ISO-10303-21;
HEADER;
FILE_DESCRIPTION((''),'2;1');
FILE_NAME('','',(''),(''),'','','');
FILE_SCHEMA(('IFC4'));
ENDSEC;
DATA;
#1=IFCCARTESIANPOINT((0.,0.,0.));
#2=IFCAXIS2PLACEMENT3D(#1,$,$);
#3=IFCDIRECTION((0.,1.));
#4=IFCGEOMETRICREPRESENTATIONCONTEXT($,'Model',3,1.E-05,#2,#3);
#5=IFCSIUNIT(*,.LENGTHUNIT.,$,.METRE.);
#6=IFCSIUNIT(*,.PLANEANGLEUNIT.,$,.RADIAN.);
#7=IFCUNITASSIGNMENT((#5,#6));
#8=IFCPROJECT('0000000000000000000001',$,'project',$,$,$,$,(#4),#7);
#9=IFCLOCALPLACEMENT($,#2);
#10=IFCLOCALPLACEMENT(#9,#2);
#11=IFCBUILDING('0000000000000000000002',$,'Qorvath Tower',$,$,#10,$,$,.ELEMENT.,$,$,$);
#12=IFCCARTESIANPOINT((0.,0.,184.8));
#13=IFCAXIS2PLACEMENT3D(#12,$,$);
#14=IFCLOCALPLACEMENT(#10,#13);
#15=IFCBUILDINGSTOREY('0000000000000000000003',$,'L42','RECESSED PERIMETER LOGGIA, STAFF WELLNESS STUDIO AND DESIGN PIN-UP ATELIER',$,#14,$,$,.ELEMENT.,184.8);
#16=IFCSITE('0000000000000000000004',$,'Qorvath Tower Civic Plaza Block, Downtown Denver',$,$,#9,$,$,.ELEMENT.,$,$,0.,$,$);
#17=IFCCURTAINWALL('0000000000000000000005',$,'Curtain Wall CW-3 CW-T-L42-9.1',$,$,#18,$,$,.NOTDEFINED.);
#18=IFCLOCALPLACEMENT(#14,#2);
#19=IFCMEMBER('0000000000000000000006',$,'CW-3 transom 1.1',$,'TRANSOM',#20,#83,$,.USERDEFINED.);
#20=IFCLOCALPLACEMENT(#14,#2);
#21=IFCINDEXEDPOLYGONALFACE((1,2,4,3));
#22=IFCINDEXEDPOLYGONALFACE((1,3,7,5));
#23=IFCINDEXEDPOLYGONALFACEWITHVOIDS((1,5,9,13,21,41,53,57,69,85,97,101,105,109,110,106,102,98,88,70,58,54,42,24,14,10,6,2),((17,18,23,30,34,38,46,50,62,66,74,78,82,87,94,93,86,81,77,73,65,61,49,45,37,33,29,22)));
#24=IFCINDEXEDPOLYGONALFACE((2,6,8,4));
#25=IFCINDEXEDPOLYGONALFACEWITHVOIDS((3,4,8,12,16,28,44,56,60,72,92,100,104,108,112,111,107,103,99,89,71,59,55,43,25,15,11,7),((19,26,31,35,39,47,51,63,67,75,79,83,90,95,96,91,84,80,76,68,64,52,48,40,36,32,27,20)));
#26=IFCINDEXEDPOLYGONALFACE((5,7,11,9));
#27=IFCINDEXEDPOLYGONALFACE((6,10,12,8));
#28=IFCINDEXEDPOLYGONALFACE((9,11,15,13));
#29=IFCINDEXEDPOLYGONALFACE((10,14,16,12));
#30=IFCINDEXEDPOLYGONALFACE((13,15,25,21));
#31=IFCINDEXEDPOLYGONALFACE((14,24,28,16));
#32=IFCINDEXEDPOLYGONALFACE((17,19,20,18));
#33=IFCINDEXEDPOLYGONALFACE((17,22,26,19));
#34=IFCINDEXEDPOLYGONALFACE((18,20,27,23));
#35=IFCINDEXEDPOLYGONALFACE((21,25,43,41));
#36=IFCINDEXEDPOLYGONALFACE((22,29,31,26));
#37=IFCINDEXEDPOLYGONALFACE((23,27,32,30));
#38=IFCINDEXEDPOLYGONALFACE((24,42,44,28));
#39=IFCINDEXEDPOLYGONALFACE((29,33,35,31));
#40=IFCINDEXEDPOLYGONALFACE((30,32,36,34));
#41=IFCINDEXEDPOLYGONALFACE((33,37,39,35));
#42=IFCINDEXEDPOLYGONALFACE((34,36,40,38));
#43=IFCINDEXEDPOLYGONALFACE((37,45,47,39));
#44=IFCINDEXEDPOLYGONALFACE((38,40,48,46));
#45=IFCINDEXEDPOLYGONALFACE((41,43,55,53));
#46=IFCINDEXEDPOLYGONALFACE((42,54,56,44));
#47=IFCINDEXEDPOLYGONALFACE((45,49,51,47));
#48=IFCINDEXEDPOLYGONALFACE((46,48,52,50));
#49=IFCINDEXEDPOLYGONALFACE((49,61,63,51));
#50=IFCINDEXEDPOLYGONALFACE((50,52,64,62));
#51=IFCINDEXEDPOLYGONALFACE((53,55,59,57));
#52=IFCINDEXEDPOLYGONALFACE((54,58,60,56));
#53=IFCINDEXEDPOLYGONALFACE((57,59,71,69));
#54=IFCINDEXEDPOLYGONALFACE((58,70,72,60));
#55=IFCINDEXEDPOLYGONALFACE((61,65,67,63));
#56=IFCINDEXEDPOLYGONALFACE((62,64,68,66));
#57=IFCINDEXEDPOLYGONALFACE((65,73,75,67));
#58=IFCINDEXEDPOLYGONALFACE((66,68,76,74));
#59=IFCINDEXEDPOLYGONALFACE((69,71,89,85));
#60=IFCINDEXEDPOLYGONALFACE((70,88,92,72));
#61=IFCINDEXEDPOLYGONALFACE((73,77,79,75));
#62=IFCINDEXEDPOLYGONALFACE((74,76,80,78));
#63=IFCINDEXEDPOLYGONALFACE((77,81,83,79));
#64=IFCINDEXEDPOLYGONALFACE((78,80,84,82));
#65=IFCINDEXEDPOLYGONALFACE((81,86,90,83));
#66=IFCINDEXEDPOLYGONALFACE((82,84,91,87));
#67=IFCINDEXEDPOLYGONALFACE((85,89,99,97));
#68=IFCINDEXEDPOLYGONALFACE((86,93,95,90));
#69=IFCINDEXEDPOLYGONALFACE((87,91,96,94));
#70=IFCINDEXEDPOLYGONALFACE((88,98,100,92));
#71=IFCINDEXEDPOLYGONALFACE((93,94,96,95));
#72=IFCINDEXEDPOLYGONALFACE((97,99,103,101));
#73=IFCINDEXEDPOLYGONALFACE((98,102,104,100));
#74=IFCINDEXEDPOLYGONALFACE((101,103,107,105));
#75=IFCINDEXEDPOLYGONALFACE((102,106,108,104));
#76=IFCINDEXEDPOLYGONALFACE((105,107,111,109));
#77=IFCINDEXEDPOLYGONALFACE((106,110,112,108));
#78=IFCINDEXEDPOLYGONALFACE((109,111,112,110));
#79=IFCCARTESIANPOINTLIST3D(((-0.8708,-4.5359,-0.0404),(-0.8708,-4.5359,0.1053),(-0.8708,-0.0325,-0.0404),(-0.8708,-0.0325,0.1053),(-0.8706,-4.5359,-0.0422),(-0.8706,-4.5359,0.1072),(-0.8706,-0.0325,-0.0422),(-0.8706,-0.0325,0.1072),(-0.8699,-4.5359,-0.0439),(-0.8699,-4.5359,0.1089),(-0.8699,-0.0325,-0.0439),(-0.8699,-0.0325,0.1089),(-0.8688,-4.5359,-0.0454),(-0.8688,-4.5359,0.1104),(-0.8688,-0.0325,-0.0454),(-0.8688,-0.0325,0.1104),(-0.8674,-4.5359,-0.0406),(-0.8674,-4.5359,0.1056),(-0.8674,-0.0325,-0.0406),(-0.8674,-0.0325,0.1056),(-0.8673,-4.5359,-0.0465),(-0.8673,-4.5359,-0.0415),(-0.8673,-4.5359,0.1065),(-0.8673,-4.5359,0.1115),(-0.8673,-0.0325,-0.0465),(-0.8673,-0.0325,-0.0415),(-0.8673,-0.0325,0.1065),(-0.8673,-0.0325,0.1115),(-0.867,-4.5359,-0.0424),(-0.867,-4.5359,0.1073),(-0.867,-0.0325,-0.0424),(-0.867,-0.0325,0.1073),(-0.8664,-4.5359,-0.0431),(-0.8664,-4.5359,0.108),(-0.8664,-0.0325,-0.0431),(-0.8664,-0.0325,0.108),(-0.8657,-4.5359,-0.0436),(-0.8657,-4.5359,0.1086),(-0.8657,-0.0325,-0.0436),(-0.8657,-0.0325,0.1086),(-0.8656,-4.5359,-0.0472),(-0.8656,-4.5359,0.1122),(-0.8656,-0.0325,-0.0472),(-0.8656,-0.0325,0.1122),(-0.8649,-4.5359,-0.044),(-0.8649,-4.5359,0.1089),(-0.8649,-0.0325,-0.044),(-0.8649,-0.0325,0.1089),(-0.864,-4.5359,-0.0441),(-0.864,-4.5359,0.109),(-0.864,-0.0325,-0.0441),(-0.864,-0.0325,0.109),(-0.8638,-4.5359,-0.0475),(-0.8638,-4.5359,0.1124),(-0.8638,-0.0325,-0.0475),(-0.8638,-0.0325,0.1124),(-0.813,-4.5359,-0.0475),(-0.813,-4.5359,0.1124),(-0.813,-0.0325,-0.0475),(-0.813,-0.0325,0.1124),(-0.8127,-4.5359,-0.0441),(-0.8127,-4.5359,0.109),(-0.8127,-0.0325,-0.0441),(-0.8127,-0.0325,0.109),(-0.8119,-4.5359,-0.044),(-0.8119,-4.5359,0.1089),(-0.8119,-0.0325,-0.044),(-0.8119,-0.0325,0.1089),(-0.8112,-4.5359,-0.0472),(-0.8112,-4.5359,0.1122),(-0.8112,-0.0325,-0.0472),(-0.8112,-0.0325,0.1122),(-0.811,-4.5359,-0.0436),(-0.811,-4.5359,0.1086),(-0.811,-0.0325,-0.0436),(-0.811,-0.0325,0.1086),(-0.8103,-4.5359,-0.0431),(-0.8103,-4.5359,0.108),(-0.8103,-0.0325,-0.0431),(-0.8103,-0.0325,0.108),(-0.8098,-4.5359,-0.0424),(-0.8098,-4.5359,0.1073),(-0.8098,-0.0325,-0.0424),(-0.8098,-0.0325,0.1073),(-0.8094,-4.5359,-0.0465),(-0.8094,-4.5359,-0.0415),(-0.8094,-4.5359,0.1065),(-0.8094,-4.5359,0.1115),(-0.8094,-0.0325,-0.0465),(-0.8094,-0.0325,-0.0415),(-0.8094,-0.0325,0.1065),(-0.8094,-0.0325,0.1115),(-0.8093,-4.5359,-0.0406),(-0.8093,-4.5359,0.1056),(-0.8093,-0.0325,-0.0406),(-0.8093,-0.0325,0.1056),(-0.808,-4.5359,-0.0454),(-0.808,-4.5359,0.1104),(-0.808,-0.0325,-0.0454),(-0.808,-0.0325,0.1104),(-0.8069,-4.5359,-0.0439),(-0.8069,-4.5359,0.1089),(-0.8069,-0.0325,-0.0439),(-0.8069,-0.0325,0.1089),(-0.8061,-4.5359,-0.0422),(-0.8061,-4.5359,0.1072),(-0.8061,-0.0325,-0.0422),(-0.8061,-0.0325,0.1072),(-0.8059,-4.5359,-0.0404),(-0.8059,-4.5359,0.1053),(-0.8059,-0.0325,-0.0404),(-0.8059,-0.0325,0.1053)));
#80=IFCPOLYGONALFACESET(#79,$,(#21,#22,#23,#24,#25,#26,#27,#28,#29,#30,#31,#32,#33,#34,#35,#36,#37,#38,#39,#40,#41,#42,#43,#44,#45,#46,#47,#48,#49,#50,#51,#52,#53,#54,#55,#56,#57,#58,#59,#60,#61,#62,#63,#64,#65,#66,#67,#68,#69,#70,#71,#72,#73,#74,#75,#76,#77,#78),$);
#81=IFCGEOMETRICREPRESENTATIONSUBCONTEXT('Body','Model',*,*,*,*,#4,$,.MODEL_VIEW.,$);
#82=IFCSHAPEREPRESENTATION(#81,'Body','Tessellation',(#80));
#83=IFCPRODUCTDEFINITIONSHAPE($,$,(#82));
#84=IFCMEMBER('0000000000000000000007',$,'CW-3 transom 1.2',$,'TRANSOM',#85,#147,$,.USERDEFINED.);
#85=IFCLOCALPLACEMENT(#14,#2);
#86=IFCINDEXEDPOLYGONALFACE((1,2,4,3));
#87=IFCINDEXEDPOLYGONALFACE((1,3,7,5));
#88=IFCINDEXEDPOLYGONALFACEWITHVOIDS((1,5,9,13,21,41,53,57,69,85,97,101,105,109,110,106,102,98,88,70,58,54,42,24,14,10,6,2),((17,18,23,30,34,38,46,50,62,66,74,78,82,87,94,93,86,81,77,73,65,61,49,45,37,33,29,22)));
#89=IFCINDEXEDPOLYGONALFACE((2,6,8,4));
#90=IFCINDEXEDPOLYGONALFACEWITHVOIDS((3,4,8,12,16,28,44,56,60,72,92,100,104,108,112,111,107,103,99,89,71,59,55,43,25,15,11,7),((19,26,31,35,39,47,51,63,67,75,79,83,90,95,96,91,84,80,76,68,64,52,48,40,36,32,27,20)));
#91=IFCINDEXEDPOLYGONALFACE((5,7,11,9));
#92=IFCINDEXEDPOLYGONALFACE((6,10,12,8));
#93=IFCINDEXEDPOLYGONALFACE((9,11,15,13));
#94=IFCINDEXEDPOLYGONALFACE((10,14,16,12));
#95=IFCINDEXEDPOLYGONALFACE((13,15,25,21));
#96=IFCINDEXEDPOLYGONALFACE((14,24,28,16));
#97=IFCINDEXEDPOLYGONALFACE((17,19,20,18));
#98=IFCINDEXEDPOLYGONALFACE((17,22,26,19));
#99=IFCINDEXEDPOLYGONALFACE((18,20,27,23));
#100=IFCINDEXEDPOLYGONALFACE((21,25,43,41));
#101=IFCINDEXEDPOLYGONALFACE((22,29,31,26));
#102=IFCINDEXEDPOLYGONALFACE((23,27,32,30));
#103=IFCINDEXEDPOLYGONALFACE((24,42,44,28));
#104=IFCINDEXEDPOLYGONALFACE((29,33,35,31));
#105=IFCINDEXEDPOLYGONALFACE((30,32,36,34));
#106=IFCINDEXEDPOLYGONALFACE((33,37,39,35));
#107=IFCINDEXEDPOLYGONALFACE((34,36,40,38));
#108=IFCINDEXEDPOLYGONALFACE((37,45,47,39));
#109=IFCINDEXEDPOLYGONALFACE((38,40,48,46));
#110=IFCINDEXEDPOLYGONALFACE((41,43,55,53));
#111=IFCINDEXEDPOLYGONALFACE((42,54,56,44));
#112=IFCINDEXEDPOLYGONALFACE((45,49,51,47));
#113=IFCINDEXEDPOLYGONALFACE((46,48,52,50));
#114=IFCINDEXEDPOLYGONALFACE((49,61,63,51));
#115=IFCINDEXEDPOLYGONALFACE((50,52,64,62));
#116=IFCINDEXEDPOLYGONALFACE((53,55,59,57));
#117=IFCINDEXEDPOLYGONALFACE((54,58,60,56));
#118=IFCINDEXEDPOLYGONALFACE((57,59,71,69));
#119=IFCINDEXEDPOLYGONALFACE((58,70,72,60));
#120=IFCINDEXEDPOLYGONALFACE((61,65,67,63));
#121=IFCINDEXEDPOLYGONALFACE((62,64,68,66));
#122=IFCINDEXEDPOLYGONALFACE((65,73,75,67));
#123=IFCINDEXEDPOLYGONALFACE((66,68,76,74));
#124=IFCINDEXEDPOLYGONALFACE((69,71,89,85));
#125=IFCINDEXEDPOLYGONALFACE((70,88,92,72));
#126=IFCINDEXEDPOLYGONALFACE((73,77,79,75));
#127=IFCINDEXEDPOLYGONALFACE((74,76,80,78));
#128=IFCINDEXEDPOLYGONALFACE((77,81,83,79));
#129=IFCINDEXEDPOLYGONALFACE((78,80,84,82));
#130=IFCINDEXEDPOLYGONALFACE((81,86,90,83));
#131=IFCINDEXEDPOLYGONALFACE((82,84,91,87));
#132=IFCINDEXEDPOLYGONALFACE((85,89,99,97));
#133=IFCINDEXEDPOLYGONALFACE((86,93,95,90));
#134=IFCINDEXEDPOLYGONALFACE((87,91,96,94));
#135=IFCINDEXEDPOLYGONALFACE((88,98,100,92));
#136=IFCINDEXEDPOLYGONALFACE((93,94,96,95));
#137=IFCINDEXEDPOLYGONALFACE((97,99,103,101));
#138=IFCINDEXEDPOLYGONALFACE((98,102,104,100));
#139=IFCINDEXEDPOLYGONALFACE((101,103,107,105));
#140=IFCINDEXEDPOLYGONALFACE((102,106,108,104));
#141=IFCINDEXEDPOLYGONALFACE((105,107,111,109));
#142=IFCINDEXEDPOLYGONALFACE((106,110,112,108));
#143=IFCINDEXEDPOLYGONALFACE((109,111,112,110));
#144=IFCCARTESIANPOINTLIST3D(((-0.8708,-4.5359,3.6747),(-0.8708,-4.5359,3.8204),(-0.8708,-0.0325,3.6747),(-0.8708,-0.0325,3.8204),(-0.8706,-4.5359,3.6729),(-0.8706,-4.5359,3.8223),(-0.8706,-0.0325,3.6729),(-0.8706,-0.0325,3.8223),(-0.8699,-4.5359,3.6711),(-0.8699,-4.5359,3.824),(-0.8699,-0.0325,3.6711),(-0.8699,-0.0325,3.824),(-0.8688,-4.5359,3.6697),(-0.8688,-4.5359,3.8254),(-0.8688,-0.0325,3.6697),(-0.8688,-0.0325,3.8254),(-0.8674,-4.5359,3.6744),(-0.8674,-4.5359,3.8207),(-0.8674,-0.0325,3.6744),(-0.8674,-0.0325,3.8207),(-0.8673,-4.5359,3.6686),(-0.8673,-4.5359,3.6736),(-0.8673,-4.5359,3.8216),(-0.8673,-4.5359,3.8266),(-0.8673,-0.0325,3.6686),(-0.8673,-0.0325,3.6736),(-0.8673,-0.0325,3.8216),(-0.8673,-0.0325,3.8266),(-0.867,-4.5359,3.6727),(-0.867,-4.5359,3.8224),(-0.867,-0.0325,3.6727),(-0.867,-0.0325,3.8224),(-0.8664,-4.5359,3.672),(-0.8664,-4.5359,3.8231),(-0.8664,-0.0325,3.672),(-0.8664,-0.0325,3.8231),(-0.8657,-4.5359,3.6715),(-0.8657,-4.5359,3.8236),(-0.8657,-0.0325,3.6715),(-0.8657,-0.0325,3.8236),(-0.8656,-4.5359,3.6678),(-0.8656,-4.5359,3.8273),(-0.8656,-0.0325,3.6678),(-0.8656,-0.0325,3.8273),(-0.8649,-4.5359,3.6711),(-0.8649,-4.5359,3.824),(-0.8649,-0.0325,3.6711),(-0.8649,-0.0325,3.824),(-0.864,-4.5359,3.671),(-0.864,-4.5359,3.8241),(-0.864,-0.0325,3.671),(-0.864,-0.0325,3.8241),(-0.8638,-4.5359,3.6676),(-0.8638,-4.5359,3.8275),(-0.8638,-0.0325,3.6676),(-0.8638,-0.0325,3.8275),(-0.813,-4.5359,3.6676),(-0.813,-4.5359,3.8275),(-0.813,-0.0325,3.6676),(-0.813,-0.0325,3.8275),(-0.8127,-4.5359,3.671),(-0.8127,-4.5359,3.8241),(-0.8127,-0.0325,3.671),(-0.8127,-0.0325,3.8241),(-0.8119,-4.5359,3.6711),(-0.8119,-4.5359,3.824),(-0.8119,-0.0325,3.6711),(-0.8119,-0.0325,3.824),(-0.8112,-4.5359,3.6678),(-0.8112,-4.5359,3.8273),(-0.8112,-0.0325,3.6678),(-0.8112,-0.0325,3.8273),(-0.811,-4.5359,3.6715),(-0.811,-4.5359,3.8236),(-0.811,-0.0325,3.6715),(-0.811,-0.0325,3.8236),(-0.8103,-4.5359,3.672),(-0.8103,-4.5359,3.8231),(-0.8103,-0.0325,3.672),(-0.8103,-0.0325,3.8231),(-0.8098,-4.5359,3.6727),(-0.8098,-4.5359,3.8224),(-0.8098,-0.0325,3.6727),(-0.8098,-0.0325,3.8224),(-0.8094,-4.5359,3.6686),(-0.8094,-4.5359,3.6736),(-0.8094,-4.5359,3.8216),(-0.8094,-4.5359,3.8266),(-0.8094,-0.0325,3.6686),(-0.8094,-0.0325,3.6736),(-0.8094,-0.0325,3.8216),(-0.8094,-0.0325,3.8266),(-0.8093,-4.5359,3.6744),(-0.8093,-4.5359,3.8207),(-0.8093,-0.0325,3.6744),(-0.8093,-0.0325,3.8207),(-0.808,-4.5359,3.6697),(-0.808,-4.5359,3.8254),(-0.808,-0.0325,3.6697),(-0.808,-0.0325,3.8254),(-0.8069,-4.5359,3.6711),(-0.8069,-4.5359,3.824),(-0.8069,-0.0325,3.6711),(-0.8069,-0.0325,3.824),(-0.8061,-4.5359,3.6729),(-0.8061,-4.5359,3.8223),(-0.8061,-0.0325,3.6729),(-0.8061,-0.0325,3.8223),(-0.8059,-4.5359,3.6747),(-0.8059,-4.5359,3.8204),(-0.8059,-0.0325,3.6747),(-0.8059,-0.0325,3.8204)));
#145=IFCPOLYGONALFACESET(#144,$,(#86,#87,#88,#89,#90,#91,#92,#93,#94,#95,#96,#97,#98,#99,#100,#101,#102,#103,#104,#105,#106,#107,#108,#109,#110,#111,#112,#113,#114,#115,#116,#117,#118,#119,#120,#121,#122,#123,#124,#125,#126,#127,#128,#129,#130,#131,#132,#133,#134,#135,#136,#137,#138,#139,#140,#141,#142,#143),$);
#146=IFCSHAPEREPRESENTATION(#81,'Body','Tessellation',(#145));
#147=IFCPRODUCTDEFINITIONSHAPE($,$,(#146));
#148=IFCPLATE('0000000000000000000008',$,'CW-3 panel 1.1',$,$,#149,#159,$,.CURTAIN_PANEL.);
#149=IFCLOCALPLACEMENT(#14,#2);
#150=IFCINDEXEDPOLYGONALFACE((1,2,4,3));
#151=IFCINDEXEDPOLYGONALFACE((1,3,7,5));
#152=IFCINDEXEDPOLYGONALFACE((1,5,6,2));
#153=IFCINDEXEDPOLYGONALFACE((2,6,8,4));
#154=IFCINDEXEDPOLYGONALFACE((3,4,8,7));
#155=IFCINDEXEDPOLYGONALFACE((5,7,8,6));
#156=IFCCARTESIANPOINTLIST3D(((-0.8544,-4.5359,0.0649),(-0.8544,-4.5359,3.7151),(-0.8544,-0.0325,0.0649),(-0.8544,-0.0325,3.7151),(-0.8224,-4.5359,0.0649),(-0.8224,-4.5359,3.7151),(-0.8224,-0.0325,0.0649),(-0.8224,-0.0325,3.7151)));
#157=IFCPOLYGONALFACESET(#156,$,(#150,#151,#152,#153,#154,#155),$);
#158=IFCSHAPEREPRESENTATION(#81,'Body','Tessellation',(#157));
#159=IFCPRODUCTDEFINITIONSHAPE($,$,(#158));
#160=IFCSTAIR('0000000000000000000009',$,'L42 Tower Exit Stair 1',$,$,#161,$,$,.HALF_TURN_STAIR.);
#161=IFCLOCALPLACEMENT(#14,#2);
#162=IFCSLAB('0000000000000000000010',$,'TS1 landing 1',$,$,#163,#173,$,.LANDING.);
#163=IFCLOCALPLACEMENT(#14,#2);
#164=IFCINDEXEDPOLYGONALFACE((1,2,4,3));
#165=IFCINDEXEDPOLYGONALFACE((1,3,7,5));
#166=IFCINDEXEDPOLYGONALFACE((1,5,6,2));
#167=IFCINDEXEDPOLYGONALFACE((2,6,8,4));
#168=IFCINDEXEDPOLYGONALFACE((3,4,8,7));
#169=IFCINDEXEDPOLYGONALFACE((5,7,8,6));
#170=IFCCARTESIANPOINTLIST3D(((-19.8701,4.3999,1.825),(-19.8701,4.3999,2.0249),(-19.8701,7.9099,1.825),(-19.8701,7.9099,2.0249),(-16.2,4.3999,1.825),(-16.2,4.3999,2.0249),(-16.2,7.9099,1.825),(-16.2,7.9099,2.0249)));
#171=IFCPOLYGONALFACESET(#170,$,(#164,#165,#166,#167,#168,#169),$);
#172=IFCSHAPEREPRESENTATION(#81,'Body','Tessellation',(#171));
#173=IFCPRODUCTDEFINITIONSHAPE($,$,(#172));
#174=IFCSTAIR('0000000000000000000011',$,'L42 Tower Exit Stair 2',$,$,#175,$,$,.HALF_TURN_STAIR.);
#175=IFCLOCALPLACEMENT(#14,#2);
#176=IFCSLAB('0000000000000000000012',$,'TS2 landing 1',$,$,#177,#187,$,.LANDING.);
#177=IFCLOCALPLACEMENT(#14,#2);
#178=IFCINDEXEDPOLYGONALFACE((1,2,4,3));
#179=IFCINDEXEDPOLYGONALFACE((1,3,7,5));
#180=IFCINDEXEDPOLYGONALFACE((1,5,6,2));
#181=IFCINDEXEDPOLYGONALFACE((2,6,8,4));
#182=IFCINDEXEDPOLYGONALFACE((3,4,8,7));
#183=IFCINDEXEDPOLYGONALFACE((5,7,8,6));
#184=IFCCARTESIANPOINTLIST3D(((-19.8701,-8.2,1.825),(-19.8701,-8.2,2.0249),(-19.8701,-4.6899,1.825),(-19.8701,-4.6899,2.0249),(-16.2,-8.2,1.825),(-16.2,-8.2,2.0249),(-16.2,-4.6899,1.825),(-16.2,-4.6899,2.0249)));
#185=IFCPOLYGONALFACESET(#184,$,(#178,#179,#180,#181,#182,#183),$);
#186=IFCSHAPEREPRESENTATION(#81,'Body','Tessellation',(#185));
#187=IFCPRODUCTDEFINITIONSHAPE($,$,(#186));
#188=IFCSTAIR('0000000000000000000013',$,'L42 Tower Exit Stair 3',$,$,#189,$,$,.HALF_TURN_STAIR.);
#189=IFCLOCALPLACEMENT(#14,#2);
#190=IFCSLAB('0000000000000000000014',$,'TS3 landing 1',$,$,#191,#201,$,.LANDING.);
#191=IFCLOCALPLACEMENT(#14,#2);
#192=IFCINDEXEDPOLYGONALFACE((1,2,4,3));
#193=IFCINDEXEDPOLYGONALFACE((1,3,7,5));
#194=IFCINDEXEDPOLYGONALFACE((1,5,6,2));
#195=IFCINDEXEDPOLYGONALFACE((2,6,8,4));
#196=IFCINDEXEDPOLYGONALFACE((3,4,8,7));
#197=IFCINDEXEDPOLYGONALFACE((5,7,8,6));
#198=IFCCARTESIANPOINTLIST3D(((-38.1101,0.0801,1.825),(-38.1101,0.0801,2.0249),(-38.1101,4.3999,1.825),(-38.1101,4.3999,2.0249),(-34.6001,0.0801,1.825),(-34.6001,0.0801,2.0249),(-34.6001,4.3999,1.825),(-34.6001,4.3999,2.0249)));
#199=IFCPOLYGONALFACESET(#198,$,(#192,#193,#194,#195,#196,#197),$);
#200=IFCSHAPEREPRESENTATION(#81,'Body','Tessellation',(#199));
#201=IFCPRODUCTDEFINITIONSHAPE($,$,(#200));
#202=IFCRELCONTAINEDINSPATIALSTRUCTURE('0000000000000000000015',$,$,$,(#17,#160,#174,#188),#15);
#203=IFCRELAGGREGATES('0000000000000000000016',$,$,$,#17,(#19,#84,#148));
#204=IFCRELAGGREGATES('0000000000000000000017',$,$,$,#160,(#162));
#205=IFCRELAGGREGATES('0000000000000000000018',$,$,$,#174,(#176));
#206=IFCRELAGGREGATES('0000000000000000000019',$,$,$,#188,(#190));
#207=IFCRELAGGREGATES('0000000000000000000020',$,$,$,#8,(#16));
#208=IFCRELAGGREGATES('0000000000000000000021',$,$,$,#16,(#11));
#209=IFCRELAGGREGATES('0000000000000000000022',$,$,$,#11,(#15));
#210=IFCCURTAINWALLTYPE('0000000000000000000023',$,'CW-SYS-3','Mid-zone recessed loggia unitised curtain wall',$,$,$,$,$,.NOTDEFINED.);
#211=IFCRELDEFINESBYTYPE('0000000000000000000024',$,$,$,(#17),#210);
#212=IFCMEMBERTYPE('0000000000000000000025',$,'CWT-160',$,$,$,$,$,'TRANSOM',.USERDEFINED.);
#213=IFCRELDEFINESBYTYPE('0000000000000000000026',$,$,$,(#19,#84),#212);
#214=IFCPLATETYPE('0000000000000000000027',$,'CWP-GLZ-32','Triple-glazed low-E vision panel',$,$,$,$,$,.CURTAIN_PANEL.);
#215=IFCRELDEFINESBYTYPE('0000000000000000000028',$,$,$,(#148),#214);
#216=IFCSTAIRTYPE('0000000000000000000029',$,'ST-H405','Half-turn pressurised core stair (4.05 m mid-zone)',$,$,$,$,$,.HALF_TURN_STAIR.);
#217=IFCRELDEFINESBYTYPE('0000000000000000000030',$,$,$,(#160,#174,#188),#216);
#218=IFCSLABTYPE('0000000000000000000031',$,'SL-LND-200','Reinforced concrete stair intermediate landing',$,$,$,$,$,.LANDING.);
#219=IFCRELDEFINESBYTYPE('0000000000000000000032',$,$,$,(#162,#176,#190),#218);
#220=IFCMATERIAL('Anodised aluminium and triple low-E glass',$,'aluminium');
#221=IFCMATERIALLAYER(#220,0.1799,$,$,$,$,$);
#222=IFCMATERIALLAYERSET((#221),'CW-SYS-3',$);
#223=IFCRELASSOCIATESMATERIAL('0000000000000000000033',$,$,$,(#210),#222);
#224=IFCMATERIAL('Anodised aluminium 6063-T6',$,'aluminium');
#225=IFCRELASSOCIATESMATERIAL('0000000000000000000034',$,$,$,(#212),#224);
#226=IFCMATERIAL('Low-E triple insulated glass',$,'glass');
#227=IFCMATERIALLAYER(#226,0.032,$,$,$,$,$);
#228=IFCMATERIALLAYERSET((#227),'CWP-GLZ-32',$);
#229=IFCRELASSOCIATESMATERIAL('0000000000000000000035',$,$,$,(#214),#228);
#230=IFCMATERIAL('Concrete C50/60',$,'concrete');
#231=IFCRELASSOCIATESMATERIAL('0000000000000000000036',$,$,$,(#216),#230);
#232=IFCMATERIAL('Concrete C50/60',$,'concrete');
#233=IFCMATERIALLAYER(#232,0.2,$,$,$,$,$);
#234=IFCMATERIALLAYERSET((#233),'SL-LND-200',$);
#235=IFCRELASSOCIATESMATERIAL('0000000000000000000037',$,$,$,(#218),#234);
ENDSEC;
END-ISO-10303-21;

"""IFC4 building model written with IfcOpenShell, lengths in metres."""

from ifc_helpers import new_model, si_unit, direction, frame, origin, origin_2d, place, context, subcontext, project, spatial, polyline, rectangle, hollow_rectangle, outline, extrude, material, layer, layer_set, material_profile, profile_set, type_object, element, aggregate, save


model = new_model("IFC4")

# Units and contexts
model_context = context("Model", 3, precision=1e-05, world=origin(), true_north=direction((0.0, 1.0)))
body_context = subcontext(model_context, "Body", "Model", "MODEL_VIEW")
ifc_project = project(units=[si_unit("LENGTHUNIT", "METRE"), si_unit("PLANEANGLEUNIT", "RADIAN")], contexts=[model_context])

# Site, building, storey
site_placement = place(None, origin())
site = spatial("IfcSite", under=ifc_project, at=site_placement, Name="Qorvath Tower Civic Plaza Block, Downtown Denver", CompositionType="ELEMENT", RefElevation=0.0)
building_placement = place(site_placement, origin())
building = spatial("IfcBuilding", under=site, at=building_placement, Name="Qorvath Tower", CompositionType="ELEMENT")
storey_placement = place(building_placement, frame((0.0, 0.0, 184.8)))
storey = spatial("IfcBuildingStorey", under=building, at=storey_placement, Name="L42", Description="RECESSED PERIMETER LOGGIA, STAFF WELLNESS STUDIO AND DESIGN PIN-UP ATELIER", CompositionType="ELEMENT", Elevation=184.8)

# Curtain wall, members, plate
ifc_material_1 = material(Name="Anodised aluminium and triple low-E glass", Category="aluminium")
ifc_layer_1 = layer(ifc_material_1, 0.1799)
ifc_layer_set_1 = layer_set([ifc_layer_1], Name="CW-SYS-3")
curtain_wall_type = type_object("IfcCurtainWallType", Name="CW-SYS-3", Description="Mid-zone recessed loggia unitised curtain wall", PredefinedType="NOTDEFINED", material=ifc_layer_set_1)
curtain_wall_placement = place(storey_placement, origin())
curtain_wall = element("IfcCurtainWall", 1, at=curtain_wall_placement, inside=storey, type_object=curtain_wall_type, Name="Curtain Wall CW-3 CW-T-L42-9.1", PredefinedType="NOTDEFINED")
ifc_material_2 = material(Name="Anodised aluminium 6063-T6", Category="aluminium")
ifc_material_profile_1 = material_profile(ifc_material_2, hollow_rectangle(XDim=0.0649, YDim=0.1599, WallThickness=0.0034, InnerFilletRadius=0.0034, OuterFilletRadius=0.0071, at=origin_2d()), Name="CWT 160x65")
ifc_profile_set_1 = profile_set([ifc_material_profile_1], Name="Anodised aluminium 6063-T6")
member_type_1 = type_object("IfcMemberType", Name="CWT-160", ElementType="TRANSOM", PredefinedType="USERDEFINED", material=ifc_profile_set_1)
member_1_placement = place(storey_placement, frame((-0.8384, -4.5359, 0.0325), z_axis=(0.0, 1.0, 0.0), x_axis=(-1.0, 0.0, 0.0)))
member_1 = element("IfcMember", 2, at=member_1_placement, type_object=member_type_1, Name="CW-3 transom 1.1", ObjectType="TRANSOM", PredefinedType="USERDEFINED", context=body_context, shape_type="SweptSolid", body=[
    extrude(hollow_rectangle(XDim=0.0649, YDim=0.1599, WallThickness=0.0034, InnerFilletRadius=0.0034, OuterFilletRadius=0.0071, at=origin_2d()), origin(), (0.0, 0.0, 1.0), 4.5034),
])
member_2_placement = place(storey_placement, frame((-0.8384, -4.5359, 3.7476), z_axis=(0.0, 1.0, 0.0), x_axis=(-1.0, 0.0, 0.0)))
member_2 = element("IfcMember", 3, at=member_2_placement, type_object=member_type_1, Name="CW-3 transom 1.2", ObjectType="TRANSOM", PredefinedType="USERDEFINED", context=body_context, shape_type="SweptSolid", body=[
    extrude(hollow_rectangle(XDim=0.0649, YDim=0.1599, WallThickness=0.0034, InnerFilletRadius=0.0034, OuterFilletRadius=0.0071, at=origin_2d()), origin(), (0.0, 0.0, 1.0), 4.5034),
])
ifc_material_3 = material(Name="Low-E triple insulated glass", Category="glass")
ifc_layer_2 = layer(ifc_material_3, 0.032)
ifc_layer_set_2 = layer_set([ifc_layer_2], Name="CWP-GLZ-32")
plate_type = type_object("IfcPlateType", Name="CWP-GLZ-32", Description="Triple-glazed low-E vision panel", PredefinedType="CURTAIN_PANEL", material=ifc_layer_set_2)
plate_placement = place(storey_placement, frame((-0.8384, -2.2842, 0.0649), z_axis=(0.0, 0.0, 1.0), x_axis=(0.0, 1.0, 0.0)))
plate = element("IfcPlate", 4, at=plate_placement, type_object=plate_type, Name="CW-3 panel 1.1", PredefinedType="CURTAIN_PANEL", context=body_context, shape_type="SweptSolid", body=[
    extrude(rectangle(XDim=4.5034, YDim=0.032, at=origin_2d()), origin(), (0.0, 0.0, 1.0), 3.6501),
])
aggregate(curtain_wall, [member_1, member_2, plate])

# Stairs, slabs
ifc_material_4 = material(Name="Concrete C50/60", Category="concrete")
stair_type = type_object("IfcStairType", Name="ST-H405", Description="Half-turn pressurised core stair (4.05 m mid-zone)", PredefinedType="HALF_TURN_STAIR", material=ifc_material_4)
stair_1_placement = place(storey_placement, origin())
stair_1 = element("IfcStair", 5, at=stair_1_placement, inside=storey, type_object=stair_type, Name="L42 Tower Exit Stair 1", PredefinedType="HALF_TURN_STAIR")
ifc_material_5 = material(Name="Concrete C50/60", Category="concrete")
ifc_layer_3 = layer(ifc_material_5, 0.2)
ifc_layer_set_3 = layer_set([ifc_layer_3], Name="SL-LND-200")
slab_type_1 = type_object("IfcSlabType", Name="SL-LND-200", Description="Reinforced concrete stair intermediate landing", PredefinedType="LANDING", material=ifc_layer_set_3)
slab_1_placement = place(storey_placement, frame((0.0, 0.0, 1.825)))
slab_1 = element("IfcSlab", 6, at=slab_1_placement, type_object=slab_type_1, Name="TS1 landing 1", PredefinedType="LANDING", context=body_context, shape_type="SweptSolid", body=[
    extrude(outline(polyline([(-19.8701, 4.3999), (-16.2, 4.3999), (-16.2, 7.9099), (-19.8701, 7.9099), (-19.8701, 4.3999)])), origin(), (0.0, 0.0, 1.0), 0.2),
])
aggregate(stair_1, [slab_1])
stair_2_placement = place(storey_placement, origin())
stair_2 = element("IfcStair", 7, at=stair_2_placement, inside=storey, type_object=stair_type, Name="L42 Tower Exit Stair 2", PredefinedType="HALF_TURN_STAIR")
slab_2_placement = place(storey_placement, frame((0.0, 0.0, 1.825)))
slab_2 = element("IfcSlab", 8, at=slab_2_placement, type_object=slab_type_1, Name="TS2 landing 1", PredefinedType="LANDING", context=body_context, shape_type="SweptSolid", body=[
    extrude(outline(polyline([(-19.8701, -8.2), (-16.2, -8.2), (-16.2, -4.6899), (-19.8701, -4.6899), (-19.8701, -8.2)])), origin(), (0.0, 0.0, 1.0), 0.2),
])
aggregate(stair_2, [slab_2])
stair_3_placement = place(storey_placement, origin())
stair_3 = element("IfcStair", 9, at=stair_3_placement, inside=storey, type_object=stair_type, Name="L42 Tower Exit Stair 3", PredefinedType="HALF_TURN_STAIR")
slab_3_placement = place(storey_placement, frame((0.0, 0.0, 1.825)))
slab_3 = element("IfcSlab", 10, at=slab_3_placement, type_object=slab_type_1, Name="TS3 landing 1", PredefinedType="LANDING", context=body_context, shape_type="SweptSolid", body=[
    extrude(outline(polyline([(-34.6001, 0.0801), (-34.6001, 4.3999), (-38.1101, 4.3999), (-38.1101, 0.0801), (-34.6001, 0.0801)])), origin(), (0.0, 0.0, 1.0), 0.2),
])
aggregate(stair_3, [slab_3])

save(model, "model.ifc")
